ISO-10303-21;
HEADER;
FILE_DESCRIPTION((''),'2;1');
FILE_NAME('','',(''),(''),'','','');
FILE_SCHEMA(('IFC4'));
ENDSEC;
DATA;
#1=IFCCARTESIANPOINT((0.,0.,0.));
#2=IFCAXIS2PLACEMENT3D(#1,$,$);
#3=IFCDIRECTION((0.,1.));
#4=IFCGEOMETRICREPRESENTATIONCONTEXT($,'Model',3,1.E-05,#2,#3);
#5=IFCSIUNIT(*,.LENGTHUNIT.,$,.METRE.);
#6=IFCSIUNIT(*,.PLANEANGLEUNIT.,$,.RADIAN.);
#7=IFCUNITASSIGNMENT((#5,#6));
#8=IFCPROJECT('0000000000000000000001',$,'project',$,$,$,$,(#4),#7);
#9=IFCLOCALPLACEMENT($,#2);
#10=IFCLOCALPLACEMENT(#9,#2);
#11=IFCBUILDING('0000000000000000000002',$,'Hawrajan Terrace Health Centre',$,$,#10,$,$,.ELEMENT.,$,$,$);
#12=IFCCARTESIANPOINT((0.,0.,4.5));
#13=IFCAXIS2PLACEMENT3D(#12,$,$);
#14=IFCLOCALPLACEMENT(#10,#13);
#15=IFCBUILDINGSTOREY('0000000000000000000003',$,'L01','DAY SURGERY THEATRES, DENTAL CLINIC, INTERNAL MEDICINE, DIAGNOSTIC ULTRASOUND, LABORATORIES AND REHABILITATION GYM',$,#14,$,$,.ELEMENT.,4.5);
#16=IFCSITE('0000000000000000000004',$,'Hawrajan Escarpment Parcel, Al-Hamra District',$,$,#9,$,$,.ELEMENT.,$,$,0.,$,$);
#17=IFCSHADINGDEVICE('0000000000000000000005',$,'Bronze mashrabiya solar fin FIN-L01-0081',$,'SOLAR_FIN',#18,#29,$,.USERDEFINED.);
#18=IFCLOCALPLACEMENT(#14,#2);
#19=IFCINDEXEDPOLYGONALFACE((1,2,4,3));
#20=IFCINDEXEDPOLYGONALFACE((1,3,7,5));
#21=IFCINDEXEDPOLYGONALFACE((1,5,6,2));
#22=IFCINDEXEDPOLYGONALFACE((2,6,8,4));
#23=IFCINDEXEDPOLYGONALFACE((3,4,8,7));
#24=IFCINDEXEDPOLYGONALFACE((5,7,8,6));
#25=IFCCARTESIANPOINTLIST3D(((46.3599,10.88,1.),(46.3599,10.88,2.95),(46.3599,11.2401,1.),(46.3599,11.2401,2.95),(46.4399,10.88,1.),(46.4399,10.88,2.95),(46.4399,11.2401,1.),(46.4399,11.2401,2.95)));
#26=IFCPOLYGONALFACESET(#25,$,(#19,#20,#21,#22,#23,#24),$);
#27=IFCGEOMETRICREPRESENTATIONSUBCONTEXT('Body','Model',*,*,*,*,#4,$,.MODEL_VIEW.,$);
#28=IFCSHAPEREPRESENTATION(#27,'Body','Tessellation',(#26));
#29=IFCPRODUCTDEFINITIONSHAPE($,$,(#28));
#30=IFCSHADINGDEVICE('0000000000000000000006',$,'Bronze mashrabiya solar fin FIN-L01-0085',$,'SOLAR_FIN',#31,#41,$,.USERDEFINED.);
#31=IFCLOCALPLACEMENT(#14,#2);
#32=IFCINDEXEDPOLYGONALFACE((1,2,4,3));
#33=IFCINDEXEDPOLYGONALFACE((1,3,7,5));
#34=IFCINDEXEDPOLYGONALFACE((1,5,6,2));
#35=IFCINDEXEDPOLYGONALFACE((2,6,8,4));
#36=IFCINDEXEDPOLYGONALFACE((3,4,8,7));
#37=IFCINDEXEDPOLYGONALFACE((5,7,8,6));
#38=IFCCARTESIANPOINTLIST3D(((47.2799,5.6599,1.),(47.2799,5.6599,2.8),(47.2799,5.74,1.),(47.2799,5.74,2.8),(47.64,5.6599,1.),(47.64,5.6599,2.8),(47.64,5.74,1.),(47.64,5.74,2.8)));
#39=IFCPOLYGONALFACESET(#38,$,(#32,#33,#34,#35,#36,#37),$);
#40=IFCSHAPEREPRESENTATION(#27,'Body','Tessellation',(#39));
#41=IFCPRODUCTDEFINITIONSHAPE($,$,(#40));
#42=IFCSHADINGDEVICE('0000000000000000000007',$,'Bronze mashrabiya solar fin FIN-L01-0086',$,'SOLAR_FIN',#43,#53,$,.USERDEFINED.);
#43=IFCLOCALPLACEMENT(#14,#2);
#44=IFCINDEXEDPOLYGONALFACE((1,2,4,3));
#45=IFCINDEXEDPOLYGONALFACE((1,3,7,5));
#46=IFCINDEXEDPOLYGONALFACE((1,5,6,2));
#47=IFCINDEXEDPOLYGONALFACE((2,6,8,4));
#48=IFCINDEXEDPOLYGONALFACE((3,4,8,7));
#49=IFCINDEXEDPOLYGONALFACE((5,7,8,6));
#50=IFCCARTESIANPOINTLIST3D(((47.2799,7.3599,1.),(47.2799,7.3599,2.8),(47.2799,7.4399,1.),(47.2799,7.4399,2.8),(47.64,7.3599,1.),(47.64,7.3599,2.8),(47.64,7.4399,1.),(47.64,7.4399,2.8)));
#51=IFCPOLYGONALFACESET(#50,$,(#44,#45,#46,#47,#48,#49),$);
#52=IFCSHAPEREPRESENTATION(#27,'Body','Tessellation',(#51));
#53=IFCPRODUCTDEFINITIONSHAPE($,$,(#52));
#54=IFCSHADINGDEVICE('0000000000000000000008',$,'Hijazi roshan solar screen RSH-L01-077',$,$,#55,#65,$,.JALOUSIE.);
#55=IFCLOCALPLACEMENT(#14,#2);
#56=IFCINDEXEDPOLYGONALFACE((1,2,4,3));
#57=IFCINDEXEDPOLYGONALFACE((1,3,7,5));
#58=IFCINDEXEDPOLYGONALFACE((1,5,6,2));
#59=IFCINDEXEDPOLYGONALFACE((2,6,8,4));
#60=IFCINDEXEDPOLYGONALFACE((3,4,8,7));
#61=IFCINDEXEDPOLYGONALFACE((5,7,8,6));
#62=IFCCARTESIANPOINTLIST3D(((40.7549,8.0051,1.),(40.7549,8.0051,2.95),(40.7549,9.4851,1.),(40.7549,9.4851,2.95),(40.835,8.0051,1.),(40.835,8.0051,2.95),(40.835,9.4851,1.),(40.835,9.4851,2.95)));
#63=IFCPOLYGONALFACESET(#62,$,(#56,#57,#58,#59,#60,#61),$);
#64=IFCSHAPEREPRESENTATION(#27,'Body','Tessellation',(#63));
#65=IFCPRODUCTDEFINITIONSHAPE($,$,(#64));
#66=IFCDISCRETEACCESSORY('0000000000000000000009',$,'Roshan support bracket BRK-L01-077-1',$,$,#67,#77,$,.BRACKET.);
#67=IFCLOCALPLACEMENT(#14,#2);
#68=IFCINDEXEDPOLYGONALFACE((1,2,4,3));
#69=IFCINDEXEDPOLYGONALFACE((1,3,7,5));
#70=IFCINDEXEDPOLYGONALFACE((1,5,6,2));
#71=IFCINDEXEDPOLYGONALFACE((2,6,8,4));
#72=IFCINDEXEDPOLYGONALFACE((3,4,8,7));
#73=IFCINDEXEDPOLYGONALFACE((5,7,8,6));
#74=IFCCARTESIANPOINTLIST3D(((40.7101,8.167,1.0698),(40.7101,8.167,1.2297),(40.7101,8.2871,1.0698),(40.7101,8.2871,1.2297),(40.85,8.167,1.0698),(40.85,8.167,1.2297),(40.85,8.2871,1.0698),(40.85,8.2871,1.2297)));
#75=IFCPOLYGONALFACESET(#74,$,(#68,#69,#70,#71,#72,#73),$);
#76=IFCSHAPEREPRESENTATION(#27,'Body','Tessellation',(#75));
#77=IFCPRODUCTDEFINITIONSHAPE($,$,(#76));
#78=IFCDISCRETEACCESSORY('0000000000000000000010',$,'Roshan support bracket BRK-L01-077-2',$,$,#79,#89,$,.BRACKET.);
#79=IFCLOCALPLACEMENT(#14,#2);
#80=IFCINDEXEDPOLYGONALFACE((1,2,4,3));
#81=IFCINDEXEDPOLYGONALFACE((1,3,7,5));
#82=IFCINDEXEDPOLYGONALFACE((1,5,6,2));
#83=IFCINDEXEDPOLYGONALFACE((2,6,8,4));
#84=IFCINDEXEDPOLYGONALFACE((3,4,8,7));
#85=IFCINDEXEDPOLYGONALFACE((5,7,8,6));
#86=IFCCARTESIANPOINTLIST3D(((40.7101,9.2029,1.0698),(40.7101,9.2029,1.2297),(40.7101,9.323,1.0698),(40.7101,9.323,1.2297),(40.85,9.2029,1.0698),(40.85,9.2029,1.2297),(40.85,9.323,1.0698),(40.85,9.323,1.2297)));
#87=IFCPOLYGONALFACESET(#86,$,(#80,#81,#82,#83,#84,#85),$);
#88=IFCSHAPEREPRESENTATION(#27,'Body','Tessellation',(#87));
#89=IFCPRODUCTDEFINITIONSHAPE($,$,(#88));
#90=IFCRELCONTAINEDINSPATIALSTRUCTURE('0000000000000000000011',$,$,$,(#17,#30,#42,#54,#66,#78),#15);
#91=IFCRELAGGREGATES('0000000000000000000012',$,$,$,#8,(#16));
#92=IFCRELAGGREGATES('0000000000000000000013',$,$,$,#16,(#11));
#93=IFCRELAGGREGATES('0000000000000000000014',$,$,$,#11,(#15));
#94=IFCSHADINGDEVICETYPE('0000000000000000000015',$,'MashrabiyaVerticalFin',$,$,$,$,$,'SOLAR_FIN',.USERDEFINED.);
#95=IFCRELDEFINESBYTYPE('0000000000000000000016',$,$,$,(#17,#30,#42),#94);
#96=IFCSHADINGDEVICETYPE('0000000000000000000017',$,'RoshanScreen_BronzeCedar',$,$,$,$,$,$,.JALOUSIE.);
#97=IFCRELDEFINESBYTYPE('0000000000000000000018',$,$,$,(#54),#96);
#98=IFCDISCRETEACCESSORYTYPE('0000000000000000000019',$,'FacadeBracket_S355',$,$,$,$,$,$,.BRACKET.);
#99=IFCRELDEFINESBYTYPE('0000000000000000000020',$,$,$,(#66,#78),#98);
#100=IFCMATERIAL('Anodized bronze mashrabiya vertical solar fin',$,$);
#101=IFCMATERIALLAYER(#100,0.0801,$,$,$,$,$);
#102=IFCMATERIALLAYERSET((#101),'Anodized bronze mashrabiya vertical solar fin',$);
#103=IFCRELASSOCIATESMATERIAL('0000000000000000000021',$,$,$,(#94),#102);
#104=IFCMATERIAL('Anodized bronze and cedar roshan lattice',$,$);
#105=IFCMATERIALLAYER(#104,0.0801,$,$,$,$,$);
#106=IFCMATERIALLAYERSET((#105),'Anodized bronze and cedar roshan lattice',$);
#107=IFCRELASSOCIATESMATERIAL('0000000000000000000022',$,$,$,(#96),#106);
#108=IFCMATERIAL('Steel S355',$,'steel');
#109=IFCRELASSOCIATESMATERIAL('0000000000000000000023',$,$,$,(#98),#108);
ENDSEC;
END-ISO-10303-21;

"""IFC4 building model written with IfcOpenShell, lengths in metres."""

from ifc_helpers import new_model, si_unit, direction, frame, origin, origin_2d, place, context, subcontext, project, spatial, rectangle, extrude, material, layer, layer_set, type_object, element, save


model = new_model("IFC4")

# Units and contexts
model_context = context("Model", 3, precision=1e-05, world=origin(), true_north=direction((0.0, 1.0)))
body_context = subcontext(model_context, "Body", "Model", "MODEL_VIEW")
ifc_project = project(units=[si_unit("LENGTHUNIT", "METRE"), si_unit("PLANEANGLEUNIT", "RADIAN")], contexts=[model_context])

# Site, building, storey
site_placement = place(None, origin())
site = spatial("IfcSite", under=ifc_project, at=site_placement, Name="Hawrajan Escarpment Parcel, Al-Hamra District", CompositionType="ELEMENT", RefElevation=0.0)
building_placement = place(site_placement, origin())
building = spatial("IfcBuilding", under=site, at=building_placement, Name="Hawrajan Terrace Health Centre", CompositionType="ELEMENT")
storey_placement = place(building_placement, frame((0.0, 0.0, 4.5)))
storey = spatial("IfcBuildingStorey", under=building, at=storey_placement, Name="L01", Description="DAY SURGERY THEATRES, DENTAL CLINIC, INTERNAL MEDICINE, DIAGNOSTIC ULTRASOUND, LABORATORIES AND REHABILITATION GYM", CompositionType="ELEMENT", Elevation=4.5)

# Shared definitions
ifc_material_1 = material(Name="Steel S355", Category="steel")

# Shading devices
ifc_material_2 = material(Name="Anodized bronze mashrabiya vertical solar fin")
ifc_layer_1 = layer(ifc_material_2, 0.0801)
ifc_layer_set_1 = layer_set([ifc_layer_1], Name="Anodized bronze mashrabiya vertical solar fin")
shading_device_type_1 = type_object("IfcShadingDeviceType", Name="MashrabiyaVerticalFin", ElementType="SOLAR_FIN", PredefinedType="USERDEFINED", material=ifc_layer_set_1)
for number, where, z_axis, x_axis, name in (
    (1, (46.3999, 11.0601, 1.0), (0.0, 0.0, 1.0), (1.0, 0.0, 0.0), "Bronze mashrabiya solar fin FIN-L01-0081"),
):
    element("IfcShadingDevice", number, at=place(storey_placement, frame(where, z_axis=z_axis, x_axis=x_axis)), inside=storey, type_object=shading_device_type_1, Name=name, ObjectType="SOLAR_FIN", PredefinedType="USERDEFINED", context=body_context, shape_type="SweptSolid", body=[
        extrude(rectangle(XDim=0.0801, YDim=0.3601, at=origin_2d()), origin(), (0.0, 0.0, 1.0), 1.95),
    ])
for number, where, z_axis, x_axis, name in (
    (2, (47.46, 5.7, 1.0), (0.0, 0.0, 1.0), (0.0, 1.0, 0.0), "Bronze mashrabiya solar fin FIN-L01-0085"),
    (3, (47.46, 7.3999, 1.0), (0.0, 0.0, 1.0), (0.0, 1.0, 0.0), "Bronze mashrabiya solar fin FIN-L01-0086"),
):
    element("IfcShadingDevice", number, at=place(storey_placement, frame(where, z_axis=z_axis, x_axis=x_axis)), inside=storey, type_object=shading_device_type_1, Name=name, ObjectType="SOLAR_FIN", PredefinedType="USERDEFINED", context=body_context, shape_type="SweptSolid", body=[
        extrude(rectangle(XDim=0.0801, YDim=0.3601, at=origin_2d()), origin(), (0.0, 0.0, 1.0), 1.8),
    ])
ifc_material_3 = material(Name="Anodized bronze and cedar roshan lattice")
ifc_layer_2 = layer(ifc_material_3, 0.0801)
ifc_layer_set_2 = layer_set([ifc_layer_2], Name="Anodized bronze and cedar roshan lattice")
shading_device_type_2 = type_object("IfcShadingDeviceType", Name="RoshanScreen_BronzeCedar", PredefinedType="JALOUSIE", material=ifc_layer_set_2)
shading_device_placement = place(storey_placement, frame((40.7949, 8.7451, 1.0), z_axis=(0.0, 0.0, 1.0), x_axis=(0.0, 1.0, 0.0)))
element("IfcShadingDevice", 4, at=shading_device_placement, inside=storey, type_object=shading_device_type_2, Name="Hijazi roshan solar screen RSH-L01-077", PredefinedType="JALOUSIE", context=body_context, shape_type="SweptSolid", body=[
    extrude(rectangle(XDim=1.48, YDim=0.0801, at=origin_2d()), origin(), (0.0, 0.0, 1.0), 1.95),
])

# Discrete accessories
discrete_accessory_type = type_object("IfcDiscreteAccessoryType", Name="FacadeBracket_S355", PredefinedType="BRACKET", material=ifc_material_1)
for number, where, z_axis, x_axis, name in (
    (5, (40.78, 8.2271, 1.0698), (0.0, 0.0, 1.0), (0.0, 1.0, 0.0), "Roshan support bracket BRK-L01-077-1"),
    (6, (40.78, 9.2629, 1.0698), (0.0, 0.0, 1.0), (0.0, 1.0, 0.0), "Roshan support bracket BRK-L01-077-2"),
):
    element("IfcDiscreteAccessory", number, at=place(storey_placement, frame(where, z_axis=z_axis, x_axis=x_axis)), inside=storey, type_object=discrete_accessory_type, Name=name, PredefinedType="BRACKET", context=body_context, shape_type="SweptSolid", body=[
        extrude(rectangle(XDim=0.1201, YDim=0.1399, at=origin_2d()), origin(), (0.0, 0.0, 1.0), 0.1599),
    ])

save(model, "model.ifc")
